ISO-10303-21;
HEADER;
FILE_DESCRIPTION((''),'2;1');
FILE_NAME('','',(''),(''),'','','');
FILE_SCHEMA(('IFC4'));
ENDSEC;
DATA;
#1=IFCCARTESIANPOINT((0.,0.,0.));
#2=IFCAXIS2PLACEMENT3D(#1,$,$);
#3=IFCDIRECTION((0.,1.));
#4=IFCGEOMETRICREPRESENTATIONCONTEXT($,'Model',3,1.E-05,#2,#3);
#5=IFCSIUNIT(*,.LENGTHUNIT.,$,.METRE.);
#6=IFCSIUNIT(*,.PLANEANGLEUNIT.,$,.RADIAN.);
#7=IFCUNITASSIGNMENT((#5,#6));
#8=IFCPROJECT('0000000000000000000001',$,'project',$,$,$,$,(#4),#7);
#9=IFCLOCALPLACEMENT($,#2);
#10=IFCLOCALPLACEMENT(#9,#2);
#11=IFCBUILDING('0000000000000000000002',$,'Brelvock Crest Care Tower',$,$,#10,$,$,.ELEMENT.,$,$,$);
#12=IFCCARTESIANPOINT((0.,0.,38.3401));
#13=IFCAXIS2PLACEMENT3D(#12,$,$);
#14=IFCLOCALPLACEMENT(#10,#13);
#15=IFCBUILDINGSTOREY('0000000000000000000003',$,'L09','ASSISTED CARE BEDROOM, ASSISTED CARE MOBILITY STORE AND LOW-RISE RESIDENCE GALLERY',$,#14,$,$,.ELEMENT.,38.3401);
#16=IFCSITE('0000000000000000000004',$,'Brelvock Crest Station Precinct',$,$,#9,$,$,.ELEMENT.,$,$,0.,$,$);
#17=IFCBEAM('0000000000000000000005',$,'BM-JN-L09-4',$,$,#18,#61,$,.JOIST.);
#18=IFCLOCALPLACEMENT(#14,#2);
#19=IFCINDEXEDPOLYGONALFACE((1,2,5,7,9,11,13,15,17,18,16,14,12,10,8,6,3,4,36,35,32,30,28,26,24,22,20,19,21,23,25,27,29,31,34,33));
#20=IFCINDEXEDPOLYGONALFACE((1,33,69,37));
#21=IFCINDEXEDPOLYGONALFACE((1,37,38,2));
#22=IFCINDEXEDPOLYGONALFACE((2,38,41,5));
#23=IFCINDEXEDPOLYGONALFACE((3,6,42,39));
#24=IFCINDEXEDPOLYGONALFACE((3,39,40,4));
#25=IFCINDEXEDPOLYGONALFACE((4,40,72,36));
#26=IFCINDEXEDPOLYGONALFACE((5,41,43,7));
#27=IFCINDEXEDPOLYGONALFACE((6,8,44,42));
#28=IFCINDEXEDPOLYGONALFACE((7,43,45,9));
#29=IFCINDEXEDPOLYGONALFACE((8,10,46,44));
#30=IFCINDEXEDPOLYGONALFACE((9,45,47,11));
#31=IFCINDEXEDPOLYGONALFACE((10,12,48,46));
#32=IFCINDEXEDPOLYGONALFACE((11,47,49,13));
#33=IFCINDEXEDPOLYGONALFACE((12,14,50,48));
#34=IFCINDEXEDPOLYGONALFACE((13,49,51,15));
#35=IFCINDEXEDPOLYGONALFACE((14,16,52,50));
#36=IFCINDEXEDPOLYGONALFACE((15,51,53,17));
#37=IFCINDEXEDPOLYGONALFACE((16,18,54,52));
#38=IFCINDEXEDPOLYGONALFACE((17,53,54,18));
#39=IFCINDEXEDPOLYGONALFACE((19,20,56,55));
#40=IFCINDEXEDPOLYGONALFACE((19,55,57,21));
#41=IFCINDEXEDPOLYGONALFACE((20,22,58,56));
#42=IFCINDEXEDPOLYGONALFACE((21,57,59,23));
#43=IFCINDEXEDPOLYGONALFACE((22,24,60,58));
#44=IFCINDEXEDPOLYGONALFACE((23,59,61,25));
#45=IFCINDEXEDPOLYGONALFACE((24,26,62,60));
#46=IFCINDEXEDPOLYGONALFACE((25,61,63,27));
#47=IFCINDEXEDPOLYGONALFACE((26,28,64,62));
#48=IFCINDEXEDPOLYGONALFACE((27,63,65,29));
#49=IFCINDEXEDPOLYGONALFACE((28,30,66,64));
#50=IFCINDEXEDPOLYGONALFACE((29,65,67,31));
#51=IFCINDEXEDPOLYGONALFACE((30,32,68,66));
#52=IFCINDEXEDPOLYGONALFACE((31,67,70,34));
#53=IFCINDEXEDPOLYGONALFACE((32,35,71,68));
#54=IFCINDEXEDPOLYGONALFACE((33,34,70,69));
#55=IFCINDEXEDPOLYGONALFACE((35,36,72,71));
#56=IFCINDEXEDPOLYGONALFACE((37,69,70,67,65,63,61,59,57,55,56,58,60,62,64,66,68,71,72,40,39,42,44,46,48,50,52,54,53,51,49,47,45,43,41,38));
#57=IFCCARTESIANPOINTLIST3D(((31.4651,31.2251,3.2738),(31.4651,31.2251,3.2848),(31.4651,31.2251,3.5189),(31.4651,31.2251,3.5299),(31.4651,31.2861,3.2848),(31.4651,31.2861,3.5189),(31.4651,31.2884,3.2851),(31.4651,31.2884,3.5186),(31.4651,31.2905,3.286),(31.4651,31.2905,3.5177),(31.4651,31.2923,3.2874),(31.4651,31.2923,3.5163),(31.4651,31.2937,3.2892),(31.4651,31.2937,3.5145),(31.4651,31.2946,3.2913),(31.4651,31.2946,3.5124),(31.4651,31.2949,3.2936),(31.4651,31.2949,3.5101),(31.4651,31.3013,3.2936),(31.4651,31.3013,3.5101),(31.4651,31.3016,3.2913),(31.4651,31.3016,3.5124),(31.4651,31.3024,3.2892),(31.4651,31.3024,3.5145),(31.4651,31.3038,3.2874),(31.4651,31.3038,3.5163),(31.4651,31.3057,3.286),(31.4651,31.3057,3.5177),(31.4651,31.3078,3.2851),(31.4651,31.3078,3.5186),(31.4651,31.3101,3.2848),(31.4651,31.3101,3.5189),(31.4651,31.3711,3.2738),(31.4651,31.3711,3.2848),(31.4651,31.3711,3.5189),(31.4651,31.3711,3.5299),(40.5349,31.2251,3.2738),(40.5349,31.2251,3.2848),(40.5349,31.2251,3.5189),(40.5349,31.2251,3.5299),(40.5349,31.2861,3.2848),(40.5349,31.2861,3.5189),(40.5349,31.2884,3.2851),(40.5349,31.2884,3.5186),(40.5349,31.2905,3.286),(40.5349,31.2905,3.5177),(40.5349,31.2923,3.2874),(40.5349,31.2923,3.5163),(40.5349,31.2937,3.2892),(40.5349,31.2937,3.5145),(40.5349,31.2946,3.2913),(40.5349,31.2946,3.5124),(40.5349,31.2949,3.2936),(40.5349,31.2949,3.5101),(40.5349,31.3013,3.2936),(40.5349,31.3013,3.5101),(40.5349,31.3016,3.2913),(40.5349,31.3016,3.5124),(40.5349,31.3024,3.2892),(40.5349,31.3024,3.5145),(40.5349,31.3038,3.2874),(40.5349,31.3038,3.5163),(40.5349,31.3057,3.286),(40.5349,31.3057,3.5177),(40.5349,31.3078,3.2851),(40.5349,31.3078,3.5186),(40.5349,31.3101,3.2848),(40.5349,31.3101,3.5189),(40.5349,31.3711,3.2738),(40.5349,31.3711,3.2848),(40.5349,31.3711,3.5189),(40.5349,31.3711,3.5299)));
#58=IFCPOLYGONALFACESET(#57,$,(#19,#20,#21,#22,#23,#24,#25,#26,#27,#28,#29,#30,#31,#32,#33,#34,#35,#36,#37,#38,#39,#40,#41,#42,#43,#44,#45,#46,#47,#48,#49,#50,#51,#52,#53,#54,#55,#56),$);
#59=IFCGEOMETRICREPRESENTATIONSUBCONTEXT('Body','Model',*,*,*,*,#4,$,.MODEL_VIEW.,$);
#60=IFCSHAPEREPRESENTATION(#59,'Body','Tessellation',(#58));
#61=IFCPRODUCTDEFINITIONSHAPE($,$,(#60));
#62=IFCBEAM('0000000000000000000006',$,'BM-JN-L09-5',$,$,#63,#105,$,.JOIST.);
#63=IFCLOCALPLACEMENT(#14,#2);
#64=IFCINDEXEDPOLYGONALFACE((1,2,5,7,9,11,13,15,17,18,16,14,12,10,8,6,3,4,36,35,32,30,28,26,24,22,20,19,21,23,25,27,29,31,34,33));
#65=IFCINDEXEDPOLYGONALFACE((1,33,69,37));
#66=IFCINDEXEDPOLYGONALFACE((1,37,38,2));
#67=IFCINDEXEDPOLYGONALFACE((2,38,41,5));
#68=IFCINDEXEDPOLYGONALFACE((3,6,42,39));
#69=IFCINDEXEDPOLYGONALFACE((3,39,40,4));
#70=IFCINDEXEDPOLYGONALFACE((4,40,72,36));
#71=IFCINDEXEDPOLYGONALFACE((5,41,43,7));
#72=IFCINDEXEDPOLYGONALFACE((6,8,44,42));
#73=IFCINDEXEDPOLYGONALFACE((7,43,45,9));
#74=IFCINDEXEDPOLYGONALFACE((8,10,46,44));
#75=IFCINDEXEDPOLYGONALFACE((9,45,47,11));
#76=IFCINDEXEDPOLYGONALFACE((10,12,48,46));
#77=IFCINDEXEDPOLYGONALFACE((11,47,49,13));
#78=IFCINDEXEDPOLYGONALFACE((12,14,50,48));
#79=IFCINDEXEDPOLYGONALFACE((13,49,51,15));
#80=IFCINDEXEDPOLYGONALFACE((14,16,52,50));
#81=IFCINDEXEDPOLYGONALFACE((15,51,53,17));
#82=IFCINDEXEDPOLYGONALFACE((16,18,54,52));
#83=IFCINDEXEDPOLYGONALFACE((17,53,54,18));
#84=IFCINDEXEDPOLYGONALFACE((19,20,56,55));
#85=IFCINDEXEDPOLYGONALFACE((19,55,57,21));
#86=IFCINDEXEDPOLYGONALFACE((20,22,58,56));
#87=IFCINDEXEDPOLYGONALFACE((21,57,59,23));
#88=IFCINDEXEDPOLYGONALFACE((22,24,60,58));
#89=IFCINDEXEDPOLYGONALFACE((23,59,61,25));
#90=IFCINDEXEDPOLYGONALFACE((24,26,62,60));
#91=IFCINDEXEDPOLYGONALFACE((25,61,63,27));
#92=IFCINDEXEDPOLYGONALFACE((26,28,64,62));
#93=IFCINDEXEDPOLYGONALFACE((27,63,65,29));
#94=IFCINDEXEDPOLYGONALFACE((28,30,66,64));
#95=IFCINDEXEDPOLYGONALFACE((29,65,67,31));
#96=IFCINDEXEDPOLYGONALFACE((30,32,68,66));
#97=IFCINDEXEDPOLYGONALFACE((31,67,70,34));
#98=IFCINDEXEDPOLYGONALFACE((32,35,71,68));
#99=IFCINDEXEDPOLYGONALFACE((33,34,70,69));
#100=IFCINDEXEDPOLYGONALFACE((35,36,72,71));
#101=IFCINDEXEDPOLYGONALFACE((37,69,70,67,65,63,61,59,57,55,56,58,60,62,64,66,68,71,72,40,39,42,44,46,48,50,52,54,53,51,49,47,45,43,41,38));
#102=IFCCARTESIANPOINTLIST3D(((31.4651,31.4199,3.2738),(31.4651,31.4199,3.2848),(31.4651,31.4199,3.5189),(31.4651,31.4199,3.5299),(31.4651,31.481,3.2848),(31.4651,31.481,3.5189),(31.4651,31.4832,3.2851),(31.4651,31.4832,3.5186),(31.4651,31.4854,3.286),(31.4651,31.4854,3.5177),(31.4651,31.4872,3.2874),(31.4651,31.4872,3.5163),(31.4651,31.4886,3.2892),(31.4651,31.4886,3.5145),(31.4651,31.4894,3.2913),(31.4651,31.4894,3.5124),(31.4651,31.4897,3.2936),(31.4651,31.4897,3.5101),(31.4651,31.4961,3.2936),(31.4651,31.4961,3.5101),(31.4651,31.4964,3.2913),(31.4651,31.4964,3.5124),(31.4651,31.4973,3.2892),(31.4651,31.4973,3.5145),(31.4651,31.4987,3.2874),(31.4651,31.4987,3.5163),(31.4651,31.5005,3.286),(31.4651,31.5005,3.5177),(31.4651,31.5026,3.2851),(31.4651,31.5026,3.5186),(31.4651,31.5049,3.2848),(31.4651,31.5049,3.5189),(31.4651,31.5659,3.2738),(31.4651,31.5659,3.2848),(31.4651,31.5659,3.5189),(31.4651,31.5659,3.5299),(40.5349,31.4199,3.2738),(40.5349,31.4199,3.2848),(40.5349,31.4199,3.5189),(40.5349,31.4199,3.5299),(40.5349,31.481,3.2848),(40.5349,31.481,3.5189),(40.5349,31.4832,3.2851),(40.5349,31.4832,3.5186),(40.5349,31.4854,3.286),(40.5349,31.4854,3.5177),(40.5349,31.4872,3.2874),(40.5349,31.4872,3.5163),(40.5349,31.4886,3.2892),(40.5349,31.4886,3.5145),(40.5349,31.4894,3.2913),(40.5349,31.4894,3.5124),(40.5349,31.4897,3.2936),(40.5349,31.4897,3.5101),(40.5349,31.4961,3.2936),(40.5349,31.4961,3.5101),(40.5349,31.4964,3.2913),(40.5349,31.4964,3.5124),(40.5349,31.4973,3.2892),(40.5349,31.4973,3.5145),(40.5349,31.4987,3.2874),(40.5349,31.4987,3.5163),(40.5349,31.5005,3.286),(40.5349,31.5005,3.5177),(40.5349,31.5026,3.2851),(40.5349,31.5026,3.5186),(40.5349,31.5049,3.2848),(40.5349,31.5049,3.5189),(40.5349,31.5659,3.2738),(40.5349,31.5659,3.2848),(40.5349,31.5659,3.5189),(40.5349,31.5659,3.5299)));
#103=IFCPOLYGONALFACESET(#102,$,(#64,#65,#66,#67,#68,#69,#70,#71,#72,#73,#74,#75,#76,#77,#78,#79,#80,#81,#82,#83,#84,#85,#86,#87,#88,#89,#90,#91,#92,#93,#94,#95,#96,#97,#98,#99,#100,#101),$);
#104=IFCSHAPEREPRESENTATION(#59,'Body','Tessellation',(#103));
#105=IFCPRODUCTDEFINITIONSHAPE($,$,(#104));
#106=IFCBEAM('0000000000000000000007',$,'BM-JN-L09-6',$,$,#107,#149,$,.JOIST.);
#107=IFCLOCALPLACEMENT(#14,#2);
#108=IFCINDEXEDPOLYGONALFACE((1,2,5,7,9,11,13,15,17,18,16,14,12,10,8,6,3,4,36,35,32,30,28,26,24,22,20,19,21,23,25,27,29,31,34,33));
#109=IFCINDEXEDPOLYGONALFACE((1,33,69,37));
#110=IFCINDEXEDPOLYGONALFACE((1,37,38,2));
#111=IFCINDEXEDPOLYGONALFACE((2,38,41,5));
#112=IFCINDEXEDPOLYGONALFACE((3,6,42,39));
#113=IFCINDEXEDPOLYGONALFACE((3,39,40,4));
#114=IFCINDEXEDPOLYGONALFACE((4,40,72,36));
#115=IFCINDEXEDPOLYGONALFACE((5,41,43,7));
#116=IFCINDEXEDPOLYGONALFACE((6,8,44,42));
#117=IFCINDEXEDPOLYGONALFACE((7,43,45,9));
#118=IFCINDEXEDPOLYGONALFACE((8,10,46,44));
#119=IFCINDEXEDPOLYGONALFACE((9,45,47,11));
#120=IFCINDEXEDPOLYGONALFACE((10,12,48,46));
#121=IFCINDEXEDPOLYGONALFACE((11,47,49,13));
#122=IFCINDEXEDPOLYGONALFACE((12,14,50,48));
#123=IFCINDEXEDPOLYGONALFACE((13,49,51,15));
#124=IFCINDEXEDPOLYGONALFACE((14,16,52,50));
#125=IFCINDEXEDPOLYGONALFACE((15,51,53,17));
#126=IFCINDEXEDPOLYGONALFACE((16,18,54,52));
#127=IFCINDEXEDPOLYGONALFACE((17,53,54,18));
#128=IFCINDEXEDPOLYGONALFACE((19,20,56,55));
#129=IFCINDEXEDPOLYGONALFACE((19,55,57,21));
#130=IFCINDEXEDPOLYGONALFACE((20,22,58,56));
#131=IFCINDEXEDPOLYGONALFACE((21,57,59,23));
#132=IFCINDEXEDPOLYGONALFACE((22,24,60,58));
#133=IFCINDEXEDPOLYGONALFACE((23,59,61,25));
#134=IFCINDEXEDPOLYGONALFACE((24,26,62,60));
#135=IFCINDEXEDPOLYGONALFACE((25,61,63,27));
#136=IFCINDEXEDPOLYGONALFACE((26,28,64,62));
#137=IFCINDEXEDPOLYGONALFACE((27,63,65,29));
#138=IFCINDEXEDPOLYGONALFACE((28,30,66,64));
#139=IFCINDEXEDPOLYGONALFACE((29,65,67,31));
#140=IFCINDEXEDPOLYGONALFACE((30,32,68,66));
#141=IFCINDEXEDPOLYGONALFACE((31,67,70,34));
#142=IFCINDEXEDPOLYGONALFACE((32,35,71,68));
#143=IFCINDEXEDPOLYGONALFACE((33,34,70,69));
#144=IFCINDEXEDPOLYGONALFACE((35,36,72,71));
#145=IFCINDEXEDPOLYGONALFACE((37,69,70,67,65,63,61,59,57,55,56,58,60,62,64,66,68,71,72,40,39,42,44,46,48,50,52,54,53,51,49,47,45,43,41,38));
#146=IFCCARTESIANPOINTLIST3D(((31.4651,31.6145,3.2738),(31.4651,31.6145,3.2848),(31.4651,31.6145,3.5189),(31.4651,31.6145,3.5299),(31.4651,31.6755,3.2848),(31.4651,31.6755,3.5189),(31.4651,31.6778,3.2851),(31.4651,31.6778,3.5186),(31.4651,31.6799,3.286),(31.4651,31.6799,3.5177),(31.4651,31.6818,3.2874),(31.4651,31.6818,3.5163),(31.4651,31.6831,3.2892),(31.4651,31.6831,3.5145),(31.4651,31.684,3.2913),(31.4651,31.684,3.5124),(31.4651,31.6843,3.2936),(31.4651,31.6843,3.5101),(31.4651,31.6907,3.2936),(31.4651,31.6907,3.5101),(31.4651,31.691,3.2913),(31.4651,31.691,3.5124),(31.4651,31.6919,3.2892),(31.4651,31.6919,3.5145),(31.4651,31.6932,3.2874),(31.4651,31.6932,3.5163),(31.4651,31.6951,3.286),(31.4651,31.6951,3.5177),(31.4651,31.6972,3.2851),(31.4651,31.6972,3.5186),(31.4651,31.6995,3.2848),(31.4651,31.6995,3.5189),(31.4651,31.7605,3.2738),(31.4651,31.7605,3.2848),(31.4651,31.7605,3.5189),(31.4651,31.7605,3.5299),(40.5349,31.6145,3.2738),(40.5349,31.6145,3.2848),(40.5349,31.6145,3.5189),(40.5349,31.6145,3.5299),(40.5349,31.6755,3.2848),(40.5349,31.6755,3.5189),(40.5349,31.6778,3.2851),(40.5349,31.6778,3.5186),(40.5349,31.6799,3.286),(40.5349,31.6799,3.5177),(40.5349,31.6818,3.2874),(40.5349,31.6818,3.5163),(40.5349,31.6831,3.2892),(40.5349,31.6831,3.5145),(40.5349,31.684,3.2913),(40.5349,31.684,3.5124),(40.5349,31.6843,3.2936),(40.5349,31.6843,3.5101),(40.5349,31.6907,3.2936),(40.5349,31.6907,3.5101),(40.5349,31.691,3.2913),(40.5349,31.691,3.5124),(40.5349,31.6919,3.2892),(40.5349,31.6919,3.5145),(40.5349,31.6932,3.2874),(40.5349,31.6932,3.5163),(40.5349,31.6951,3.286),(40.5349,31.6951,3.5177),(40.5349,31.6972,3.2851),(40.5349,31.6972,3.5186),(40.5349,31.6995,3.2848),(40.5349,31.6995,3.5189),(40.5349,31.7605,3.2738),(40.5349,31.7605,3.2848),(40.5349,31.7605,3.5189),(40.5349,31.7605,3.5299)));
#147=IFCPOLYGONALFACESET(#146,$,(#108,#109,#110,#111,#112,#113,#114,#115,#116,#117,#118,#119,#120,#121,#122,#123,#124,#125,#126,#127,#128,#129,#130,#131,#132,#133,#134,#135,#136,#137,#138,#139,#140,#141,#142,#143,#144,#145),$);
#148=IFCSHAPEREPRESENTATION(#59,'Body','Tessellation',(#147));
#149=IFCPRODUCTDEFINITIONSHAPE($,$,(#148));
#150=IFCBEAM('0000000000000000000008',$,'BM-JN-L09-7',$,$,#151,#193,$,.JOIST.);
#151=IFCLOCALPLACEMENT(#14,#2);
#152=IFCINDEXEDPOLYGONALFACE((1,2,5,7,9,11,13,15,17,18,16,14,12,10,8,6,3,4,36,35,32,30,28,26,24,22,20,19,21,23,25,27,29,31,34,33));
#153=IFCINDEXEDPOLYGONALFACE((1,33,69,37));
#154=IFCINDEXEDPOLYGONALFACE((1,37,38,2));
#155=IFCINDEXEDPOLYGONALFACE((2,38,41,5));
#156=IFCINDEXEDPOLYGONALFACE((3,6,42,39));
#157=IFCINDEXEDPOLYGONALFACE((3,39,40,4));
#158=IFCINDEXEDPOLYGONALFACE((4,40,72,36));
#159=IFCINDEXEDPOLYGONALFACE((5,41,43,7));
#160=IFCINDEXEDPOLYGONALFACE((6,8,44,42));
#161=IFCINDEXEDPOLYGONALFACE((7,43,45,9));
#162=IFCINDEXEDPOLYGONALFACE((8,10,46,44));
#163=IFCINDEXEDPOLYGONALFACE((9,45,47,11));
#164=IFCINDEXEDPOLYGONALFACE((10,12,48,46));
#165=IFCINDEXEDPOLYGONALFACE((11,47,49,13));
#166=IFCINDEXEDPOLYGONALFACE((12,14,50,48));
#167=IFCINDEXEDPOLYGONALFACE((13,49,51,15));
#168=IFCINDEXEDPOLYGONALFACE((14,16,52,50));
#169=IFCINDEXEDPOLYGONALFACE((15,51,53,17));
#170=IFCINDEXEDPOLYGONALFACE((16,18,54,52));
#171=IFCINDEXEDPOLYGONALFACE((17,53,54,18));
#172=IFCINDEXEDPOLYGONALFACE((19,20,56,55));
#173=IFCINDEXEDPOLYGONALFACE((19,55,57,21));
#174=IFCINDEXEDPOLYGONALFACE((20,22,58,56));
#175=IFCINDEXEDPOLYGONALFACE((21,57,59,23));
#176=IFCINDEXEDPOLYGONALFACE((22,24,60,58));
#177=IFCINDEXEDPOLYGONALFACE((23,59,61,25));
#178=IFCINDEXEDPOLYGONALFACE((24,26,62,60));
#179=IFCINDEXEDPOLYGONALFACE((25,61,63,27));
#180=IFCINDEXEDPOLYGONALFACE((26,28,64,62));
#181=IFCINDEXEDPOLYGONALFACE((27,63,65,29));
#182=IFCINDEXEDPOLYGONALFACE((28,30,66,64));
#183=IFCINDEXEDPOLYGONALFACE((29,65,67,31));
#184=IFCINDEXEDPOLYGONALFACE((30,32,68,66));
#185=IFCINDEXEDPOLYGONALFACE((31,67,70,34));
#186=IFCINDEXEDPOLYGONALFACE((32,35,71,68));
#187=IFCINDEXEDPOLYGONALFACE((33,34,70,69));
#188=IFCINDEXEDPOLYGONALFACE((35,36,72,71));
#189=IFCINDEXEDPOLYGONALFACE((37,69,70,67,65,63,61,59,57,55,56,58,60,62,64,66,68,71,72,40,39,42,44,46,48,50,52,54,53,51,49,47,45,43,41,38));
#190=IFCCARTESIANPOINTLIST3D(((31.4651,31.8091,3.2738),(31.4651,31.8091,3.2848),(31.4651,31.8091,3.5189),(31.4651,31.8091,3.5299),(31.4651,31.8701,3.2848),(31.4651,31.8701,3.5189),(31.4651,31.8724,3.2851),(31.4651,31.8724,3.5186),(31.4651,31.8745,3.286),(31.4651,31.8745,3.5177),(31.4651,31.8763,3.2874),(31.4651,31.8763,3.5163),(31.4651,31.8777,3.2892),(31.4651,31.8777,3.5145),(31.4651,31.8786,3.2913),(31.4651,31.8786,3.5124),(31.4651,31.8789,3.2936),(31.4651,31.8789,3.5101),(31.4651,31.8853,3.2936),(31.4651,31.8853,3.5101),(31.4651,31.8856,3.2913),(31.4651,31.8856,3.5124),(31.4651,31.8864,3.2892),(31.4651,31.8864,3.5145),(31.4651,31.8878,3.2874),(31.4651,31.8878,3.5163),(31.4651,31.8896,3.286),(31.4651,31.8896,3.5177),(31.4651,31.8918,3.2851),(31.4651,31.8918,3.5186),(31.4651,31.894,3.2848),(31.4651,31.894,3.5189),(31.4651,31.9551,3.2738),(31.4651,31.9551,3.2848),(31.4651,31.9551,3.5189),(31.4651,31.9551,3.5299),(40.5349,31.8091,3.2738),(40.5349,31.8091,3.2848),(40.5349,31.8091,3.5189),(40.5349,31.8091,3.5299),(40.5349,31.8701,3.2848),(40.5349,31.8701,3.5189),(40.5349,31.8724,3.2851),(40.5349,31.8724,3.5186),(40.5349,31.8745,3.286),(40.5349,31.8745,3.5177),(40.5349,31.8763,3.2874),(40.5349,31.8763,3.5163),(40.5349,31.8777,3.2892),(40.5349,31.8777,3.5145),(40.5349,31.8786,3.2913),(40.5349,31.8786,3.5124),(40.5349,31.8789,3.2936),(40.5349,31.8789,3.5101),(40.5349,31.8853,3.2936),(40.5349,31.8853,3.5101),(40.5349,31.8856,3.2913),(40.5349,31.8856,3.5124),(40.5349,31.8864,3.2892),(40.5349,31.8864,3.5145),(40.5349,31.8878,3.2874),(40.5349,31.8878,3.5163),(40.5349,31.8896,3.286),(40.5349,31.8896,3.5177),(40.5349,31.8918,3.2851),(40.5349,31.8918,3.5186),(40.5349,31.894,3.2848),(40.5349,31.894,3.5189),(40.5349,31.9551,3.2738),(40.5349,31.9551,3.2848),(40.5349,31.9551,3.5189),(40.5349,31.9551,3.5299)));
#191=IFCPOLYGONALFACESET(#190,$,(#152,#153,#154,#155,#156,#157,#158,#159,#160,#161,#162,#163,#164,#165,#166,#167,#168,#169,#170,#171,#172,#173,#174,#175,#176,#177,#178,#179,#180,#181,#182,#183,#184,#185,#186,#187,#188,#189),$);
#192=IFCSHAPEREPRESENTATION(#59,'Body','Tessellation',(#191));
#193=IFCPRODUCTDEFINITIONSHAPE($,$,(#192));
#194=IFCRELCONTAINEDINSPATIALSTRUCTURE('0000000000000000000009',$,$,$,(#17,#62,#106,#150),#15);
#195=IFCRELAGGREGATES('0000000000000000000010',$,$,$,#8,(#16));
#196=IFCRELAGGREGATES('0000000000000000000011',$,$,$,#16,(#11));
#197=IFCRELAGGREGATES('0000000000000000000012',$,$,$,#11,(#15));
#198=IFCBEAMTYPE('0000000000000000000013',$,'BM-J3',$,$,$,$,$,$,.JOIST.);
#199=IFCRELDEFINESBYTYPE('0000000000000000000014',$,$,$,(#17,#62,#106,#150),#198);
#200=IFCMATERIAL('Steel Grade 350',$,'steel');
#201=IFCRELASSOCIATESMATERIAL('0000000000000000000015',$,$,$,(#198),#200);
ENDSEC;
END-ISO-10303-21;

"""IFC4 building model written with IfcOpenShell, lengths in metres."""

from ifc_helpers import new_model, si_unit, direction, frame, origin, origin_2d, place, context, subcontext, project, spatial, i_section, extrude, source, transform, mapped, material, material_profile, profile_set, type_object, element, save


model = new_model("IFC4")

# Units and contexts
model_context = context("Model", 3, precision=1e-05, world=origin(), true_north=direction((0.0, 1.0)))
body_context = subcontext(model_context, "Body", "Model", "MODEL_VIEW")
ifc_project = project(units=[si_unit("LENGTHUNIT", "METRE"), si_unit("PLANEANGLEUNIT", "RADIAN")], contexts=[model_context])

# Site, building, storey
site_placement = place(None, origin())
site = spatial("IfcSite", under=ifc_project, at=site_placement, Name="Brelvock Crest Station Precinct", CompositionType="ELEMENT", RefElevation=0.0)
building_placement = place(site_placement, origin())
building = spatial("IfcBuilding", under=site, at=building_placement, Name="Brelvock Crest Care Tower", CompositionType="ELEMENT")
storey_placement = place(building_placement, frame((0.0, 0.0, 38.3401)))
storey = spatial("IfcBuildingStorey", under=building, at=storey_placement, Name="L09", Description="ASSISTED CARE BEDROOM, ASSISTED CARE MOBILITY STORE AND LOW-RISE RESIDENCE GALLERY", CompositionType="ELEMENT", Elevation=38.3401)

# Beams
ifc_material_1 = material(Name="Steel Grade 350", Category="steel")
ifc_material_profile = material_profile(ifc_material_1, i_section(OverallWidth=0.146, OverallDepth=0.2561, WebThickness=0.0063, FlangeThickness=0.011, FilletRadius=0.0088, at=origin_2d()), Name="250UB37.3")
ifc_profile_set = profile_set([ifc_material_profile], Name="Steel Grade 350")
beam_type = type_object("IfcBeamType", Name="BM-J3", PredefinedType="JOIST", material=ifc_profile_set)
shared_shape_1 = source(origin(), body_context, "Body", "SweptSolid", [
    extrude(i_section(OverallWidth=0.146, OverallDepth=0.2561, WebThickness=0.0063, FlangeThickness=0.011, FilletRadius=0.0088, at=origin_2d()), origin(), (0.0, 0.0, 1.0), 9.0698),
])
for number, where, z_axis, x_axis, name in (
    (1, (31.4651, 31.2981, 3.4019), (1.0, 0.0, 0.0), (0.0, 1.0, 0.0), "BM-JN-L09-4"),
    (2, (31.4651, 31.4929, 3.4019), (1.0, 0.0, 0.0), (0.0, 1.0, 0.0), "BM-JN-L09-5"),
    (3, (31.4651, 31.6875, 3.4019), (1.0, 0.0, 0.0), (0.0, 1.0, 0.0), "BM-JN-L09-6"),
    (4, (31.4651, 31.8821, 3.4019), (1.0, 0.0, 0.0), (0.0, 1.0, 0.0), "BM-JN-L09-7"),
):
    element("IfcBeam", number, at=place(storey_placement, frame(where, z_axis=z_axis, x_axis=x_axis)), inside=storey, type_object=beam_type, Name=name, PredefinedType="JOIST", context=body_context, shape_type="MappedRepresentation", body=[
        mapped(shared_shape_1, transform((0.0, 0.0, 0.0), x_axis=(1.0, 0.0, 0.0), y_axis=(0.0, 1.0, 0.0), z_axis=(0.0, 0.0, 1.0), scale=1.0)),
    ])

save(model, "model.ifc")
